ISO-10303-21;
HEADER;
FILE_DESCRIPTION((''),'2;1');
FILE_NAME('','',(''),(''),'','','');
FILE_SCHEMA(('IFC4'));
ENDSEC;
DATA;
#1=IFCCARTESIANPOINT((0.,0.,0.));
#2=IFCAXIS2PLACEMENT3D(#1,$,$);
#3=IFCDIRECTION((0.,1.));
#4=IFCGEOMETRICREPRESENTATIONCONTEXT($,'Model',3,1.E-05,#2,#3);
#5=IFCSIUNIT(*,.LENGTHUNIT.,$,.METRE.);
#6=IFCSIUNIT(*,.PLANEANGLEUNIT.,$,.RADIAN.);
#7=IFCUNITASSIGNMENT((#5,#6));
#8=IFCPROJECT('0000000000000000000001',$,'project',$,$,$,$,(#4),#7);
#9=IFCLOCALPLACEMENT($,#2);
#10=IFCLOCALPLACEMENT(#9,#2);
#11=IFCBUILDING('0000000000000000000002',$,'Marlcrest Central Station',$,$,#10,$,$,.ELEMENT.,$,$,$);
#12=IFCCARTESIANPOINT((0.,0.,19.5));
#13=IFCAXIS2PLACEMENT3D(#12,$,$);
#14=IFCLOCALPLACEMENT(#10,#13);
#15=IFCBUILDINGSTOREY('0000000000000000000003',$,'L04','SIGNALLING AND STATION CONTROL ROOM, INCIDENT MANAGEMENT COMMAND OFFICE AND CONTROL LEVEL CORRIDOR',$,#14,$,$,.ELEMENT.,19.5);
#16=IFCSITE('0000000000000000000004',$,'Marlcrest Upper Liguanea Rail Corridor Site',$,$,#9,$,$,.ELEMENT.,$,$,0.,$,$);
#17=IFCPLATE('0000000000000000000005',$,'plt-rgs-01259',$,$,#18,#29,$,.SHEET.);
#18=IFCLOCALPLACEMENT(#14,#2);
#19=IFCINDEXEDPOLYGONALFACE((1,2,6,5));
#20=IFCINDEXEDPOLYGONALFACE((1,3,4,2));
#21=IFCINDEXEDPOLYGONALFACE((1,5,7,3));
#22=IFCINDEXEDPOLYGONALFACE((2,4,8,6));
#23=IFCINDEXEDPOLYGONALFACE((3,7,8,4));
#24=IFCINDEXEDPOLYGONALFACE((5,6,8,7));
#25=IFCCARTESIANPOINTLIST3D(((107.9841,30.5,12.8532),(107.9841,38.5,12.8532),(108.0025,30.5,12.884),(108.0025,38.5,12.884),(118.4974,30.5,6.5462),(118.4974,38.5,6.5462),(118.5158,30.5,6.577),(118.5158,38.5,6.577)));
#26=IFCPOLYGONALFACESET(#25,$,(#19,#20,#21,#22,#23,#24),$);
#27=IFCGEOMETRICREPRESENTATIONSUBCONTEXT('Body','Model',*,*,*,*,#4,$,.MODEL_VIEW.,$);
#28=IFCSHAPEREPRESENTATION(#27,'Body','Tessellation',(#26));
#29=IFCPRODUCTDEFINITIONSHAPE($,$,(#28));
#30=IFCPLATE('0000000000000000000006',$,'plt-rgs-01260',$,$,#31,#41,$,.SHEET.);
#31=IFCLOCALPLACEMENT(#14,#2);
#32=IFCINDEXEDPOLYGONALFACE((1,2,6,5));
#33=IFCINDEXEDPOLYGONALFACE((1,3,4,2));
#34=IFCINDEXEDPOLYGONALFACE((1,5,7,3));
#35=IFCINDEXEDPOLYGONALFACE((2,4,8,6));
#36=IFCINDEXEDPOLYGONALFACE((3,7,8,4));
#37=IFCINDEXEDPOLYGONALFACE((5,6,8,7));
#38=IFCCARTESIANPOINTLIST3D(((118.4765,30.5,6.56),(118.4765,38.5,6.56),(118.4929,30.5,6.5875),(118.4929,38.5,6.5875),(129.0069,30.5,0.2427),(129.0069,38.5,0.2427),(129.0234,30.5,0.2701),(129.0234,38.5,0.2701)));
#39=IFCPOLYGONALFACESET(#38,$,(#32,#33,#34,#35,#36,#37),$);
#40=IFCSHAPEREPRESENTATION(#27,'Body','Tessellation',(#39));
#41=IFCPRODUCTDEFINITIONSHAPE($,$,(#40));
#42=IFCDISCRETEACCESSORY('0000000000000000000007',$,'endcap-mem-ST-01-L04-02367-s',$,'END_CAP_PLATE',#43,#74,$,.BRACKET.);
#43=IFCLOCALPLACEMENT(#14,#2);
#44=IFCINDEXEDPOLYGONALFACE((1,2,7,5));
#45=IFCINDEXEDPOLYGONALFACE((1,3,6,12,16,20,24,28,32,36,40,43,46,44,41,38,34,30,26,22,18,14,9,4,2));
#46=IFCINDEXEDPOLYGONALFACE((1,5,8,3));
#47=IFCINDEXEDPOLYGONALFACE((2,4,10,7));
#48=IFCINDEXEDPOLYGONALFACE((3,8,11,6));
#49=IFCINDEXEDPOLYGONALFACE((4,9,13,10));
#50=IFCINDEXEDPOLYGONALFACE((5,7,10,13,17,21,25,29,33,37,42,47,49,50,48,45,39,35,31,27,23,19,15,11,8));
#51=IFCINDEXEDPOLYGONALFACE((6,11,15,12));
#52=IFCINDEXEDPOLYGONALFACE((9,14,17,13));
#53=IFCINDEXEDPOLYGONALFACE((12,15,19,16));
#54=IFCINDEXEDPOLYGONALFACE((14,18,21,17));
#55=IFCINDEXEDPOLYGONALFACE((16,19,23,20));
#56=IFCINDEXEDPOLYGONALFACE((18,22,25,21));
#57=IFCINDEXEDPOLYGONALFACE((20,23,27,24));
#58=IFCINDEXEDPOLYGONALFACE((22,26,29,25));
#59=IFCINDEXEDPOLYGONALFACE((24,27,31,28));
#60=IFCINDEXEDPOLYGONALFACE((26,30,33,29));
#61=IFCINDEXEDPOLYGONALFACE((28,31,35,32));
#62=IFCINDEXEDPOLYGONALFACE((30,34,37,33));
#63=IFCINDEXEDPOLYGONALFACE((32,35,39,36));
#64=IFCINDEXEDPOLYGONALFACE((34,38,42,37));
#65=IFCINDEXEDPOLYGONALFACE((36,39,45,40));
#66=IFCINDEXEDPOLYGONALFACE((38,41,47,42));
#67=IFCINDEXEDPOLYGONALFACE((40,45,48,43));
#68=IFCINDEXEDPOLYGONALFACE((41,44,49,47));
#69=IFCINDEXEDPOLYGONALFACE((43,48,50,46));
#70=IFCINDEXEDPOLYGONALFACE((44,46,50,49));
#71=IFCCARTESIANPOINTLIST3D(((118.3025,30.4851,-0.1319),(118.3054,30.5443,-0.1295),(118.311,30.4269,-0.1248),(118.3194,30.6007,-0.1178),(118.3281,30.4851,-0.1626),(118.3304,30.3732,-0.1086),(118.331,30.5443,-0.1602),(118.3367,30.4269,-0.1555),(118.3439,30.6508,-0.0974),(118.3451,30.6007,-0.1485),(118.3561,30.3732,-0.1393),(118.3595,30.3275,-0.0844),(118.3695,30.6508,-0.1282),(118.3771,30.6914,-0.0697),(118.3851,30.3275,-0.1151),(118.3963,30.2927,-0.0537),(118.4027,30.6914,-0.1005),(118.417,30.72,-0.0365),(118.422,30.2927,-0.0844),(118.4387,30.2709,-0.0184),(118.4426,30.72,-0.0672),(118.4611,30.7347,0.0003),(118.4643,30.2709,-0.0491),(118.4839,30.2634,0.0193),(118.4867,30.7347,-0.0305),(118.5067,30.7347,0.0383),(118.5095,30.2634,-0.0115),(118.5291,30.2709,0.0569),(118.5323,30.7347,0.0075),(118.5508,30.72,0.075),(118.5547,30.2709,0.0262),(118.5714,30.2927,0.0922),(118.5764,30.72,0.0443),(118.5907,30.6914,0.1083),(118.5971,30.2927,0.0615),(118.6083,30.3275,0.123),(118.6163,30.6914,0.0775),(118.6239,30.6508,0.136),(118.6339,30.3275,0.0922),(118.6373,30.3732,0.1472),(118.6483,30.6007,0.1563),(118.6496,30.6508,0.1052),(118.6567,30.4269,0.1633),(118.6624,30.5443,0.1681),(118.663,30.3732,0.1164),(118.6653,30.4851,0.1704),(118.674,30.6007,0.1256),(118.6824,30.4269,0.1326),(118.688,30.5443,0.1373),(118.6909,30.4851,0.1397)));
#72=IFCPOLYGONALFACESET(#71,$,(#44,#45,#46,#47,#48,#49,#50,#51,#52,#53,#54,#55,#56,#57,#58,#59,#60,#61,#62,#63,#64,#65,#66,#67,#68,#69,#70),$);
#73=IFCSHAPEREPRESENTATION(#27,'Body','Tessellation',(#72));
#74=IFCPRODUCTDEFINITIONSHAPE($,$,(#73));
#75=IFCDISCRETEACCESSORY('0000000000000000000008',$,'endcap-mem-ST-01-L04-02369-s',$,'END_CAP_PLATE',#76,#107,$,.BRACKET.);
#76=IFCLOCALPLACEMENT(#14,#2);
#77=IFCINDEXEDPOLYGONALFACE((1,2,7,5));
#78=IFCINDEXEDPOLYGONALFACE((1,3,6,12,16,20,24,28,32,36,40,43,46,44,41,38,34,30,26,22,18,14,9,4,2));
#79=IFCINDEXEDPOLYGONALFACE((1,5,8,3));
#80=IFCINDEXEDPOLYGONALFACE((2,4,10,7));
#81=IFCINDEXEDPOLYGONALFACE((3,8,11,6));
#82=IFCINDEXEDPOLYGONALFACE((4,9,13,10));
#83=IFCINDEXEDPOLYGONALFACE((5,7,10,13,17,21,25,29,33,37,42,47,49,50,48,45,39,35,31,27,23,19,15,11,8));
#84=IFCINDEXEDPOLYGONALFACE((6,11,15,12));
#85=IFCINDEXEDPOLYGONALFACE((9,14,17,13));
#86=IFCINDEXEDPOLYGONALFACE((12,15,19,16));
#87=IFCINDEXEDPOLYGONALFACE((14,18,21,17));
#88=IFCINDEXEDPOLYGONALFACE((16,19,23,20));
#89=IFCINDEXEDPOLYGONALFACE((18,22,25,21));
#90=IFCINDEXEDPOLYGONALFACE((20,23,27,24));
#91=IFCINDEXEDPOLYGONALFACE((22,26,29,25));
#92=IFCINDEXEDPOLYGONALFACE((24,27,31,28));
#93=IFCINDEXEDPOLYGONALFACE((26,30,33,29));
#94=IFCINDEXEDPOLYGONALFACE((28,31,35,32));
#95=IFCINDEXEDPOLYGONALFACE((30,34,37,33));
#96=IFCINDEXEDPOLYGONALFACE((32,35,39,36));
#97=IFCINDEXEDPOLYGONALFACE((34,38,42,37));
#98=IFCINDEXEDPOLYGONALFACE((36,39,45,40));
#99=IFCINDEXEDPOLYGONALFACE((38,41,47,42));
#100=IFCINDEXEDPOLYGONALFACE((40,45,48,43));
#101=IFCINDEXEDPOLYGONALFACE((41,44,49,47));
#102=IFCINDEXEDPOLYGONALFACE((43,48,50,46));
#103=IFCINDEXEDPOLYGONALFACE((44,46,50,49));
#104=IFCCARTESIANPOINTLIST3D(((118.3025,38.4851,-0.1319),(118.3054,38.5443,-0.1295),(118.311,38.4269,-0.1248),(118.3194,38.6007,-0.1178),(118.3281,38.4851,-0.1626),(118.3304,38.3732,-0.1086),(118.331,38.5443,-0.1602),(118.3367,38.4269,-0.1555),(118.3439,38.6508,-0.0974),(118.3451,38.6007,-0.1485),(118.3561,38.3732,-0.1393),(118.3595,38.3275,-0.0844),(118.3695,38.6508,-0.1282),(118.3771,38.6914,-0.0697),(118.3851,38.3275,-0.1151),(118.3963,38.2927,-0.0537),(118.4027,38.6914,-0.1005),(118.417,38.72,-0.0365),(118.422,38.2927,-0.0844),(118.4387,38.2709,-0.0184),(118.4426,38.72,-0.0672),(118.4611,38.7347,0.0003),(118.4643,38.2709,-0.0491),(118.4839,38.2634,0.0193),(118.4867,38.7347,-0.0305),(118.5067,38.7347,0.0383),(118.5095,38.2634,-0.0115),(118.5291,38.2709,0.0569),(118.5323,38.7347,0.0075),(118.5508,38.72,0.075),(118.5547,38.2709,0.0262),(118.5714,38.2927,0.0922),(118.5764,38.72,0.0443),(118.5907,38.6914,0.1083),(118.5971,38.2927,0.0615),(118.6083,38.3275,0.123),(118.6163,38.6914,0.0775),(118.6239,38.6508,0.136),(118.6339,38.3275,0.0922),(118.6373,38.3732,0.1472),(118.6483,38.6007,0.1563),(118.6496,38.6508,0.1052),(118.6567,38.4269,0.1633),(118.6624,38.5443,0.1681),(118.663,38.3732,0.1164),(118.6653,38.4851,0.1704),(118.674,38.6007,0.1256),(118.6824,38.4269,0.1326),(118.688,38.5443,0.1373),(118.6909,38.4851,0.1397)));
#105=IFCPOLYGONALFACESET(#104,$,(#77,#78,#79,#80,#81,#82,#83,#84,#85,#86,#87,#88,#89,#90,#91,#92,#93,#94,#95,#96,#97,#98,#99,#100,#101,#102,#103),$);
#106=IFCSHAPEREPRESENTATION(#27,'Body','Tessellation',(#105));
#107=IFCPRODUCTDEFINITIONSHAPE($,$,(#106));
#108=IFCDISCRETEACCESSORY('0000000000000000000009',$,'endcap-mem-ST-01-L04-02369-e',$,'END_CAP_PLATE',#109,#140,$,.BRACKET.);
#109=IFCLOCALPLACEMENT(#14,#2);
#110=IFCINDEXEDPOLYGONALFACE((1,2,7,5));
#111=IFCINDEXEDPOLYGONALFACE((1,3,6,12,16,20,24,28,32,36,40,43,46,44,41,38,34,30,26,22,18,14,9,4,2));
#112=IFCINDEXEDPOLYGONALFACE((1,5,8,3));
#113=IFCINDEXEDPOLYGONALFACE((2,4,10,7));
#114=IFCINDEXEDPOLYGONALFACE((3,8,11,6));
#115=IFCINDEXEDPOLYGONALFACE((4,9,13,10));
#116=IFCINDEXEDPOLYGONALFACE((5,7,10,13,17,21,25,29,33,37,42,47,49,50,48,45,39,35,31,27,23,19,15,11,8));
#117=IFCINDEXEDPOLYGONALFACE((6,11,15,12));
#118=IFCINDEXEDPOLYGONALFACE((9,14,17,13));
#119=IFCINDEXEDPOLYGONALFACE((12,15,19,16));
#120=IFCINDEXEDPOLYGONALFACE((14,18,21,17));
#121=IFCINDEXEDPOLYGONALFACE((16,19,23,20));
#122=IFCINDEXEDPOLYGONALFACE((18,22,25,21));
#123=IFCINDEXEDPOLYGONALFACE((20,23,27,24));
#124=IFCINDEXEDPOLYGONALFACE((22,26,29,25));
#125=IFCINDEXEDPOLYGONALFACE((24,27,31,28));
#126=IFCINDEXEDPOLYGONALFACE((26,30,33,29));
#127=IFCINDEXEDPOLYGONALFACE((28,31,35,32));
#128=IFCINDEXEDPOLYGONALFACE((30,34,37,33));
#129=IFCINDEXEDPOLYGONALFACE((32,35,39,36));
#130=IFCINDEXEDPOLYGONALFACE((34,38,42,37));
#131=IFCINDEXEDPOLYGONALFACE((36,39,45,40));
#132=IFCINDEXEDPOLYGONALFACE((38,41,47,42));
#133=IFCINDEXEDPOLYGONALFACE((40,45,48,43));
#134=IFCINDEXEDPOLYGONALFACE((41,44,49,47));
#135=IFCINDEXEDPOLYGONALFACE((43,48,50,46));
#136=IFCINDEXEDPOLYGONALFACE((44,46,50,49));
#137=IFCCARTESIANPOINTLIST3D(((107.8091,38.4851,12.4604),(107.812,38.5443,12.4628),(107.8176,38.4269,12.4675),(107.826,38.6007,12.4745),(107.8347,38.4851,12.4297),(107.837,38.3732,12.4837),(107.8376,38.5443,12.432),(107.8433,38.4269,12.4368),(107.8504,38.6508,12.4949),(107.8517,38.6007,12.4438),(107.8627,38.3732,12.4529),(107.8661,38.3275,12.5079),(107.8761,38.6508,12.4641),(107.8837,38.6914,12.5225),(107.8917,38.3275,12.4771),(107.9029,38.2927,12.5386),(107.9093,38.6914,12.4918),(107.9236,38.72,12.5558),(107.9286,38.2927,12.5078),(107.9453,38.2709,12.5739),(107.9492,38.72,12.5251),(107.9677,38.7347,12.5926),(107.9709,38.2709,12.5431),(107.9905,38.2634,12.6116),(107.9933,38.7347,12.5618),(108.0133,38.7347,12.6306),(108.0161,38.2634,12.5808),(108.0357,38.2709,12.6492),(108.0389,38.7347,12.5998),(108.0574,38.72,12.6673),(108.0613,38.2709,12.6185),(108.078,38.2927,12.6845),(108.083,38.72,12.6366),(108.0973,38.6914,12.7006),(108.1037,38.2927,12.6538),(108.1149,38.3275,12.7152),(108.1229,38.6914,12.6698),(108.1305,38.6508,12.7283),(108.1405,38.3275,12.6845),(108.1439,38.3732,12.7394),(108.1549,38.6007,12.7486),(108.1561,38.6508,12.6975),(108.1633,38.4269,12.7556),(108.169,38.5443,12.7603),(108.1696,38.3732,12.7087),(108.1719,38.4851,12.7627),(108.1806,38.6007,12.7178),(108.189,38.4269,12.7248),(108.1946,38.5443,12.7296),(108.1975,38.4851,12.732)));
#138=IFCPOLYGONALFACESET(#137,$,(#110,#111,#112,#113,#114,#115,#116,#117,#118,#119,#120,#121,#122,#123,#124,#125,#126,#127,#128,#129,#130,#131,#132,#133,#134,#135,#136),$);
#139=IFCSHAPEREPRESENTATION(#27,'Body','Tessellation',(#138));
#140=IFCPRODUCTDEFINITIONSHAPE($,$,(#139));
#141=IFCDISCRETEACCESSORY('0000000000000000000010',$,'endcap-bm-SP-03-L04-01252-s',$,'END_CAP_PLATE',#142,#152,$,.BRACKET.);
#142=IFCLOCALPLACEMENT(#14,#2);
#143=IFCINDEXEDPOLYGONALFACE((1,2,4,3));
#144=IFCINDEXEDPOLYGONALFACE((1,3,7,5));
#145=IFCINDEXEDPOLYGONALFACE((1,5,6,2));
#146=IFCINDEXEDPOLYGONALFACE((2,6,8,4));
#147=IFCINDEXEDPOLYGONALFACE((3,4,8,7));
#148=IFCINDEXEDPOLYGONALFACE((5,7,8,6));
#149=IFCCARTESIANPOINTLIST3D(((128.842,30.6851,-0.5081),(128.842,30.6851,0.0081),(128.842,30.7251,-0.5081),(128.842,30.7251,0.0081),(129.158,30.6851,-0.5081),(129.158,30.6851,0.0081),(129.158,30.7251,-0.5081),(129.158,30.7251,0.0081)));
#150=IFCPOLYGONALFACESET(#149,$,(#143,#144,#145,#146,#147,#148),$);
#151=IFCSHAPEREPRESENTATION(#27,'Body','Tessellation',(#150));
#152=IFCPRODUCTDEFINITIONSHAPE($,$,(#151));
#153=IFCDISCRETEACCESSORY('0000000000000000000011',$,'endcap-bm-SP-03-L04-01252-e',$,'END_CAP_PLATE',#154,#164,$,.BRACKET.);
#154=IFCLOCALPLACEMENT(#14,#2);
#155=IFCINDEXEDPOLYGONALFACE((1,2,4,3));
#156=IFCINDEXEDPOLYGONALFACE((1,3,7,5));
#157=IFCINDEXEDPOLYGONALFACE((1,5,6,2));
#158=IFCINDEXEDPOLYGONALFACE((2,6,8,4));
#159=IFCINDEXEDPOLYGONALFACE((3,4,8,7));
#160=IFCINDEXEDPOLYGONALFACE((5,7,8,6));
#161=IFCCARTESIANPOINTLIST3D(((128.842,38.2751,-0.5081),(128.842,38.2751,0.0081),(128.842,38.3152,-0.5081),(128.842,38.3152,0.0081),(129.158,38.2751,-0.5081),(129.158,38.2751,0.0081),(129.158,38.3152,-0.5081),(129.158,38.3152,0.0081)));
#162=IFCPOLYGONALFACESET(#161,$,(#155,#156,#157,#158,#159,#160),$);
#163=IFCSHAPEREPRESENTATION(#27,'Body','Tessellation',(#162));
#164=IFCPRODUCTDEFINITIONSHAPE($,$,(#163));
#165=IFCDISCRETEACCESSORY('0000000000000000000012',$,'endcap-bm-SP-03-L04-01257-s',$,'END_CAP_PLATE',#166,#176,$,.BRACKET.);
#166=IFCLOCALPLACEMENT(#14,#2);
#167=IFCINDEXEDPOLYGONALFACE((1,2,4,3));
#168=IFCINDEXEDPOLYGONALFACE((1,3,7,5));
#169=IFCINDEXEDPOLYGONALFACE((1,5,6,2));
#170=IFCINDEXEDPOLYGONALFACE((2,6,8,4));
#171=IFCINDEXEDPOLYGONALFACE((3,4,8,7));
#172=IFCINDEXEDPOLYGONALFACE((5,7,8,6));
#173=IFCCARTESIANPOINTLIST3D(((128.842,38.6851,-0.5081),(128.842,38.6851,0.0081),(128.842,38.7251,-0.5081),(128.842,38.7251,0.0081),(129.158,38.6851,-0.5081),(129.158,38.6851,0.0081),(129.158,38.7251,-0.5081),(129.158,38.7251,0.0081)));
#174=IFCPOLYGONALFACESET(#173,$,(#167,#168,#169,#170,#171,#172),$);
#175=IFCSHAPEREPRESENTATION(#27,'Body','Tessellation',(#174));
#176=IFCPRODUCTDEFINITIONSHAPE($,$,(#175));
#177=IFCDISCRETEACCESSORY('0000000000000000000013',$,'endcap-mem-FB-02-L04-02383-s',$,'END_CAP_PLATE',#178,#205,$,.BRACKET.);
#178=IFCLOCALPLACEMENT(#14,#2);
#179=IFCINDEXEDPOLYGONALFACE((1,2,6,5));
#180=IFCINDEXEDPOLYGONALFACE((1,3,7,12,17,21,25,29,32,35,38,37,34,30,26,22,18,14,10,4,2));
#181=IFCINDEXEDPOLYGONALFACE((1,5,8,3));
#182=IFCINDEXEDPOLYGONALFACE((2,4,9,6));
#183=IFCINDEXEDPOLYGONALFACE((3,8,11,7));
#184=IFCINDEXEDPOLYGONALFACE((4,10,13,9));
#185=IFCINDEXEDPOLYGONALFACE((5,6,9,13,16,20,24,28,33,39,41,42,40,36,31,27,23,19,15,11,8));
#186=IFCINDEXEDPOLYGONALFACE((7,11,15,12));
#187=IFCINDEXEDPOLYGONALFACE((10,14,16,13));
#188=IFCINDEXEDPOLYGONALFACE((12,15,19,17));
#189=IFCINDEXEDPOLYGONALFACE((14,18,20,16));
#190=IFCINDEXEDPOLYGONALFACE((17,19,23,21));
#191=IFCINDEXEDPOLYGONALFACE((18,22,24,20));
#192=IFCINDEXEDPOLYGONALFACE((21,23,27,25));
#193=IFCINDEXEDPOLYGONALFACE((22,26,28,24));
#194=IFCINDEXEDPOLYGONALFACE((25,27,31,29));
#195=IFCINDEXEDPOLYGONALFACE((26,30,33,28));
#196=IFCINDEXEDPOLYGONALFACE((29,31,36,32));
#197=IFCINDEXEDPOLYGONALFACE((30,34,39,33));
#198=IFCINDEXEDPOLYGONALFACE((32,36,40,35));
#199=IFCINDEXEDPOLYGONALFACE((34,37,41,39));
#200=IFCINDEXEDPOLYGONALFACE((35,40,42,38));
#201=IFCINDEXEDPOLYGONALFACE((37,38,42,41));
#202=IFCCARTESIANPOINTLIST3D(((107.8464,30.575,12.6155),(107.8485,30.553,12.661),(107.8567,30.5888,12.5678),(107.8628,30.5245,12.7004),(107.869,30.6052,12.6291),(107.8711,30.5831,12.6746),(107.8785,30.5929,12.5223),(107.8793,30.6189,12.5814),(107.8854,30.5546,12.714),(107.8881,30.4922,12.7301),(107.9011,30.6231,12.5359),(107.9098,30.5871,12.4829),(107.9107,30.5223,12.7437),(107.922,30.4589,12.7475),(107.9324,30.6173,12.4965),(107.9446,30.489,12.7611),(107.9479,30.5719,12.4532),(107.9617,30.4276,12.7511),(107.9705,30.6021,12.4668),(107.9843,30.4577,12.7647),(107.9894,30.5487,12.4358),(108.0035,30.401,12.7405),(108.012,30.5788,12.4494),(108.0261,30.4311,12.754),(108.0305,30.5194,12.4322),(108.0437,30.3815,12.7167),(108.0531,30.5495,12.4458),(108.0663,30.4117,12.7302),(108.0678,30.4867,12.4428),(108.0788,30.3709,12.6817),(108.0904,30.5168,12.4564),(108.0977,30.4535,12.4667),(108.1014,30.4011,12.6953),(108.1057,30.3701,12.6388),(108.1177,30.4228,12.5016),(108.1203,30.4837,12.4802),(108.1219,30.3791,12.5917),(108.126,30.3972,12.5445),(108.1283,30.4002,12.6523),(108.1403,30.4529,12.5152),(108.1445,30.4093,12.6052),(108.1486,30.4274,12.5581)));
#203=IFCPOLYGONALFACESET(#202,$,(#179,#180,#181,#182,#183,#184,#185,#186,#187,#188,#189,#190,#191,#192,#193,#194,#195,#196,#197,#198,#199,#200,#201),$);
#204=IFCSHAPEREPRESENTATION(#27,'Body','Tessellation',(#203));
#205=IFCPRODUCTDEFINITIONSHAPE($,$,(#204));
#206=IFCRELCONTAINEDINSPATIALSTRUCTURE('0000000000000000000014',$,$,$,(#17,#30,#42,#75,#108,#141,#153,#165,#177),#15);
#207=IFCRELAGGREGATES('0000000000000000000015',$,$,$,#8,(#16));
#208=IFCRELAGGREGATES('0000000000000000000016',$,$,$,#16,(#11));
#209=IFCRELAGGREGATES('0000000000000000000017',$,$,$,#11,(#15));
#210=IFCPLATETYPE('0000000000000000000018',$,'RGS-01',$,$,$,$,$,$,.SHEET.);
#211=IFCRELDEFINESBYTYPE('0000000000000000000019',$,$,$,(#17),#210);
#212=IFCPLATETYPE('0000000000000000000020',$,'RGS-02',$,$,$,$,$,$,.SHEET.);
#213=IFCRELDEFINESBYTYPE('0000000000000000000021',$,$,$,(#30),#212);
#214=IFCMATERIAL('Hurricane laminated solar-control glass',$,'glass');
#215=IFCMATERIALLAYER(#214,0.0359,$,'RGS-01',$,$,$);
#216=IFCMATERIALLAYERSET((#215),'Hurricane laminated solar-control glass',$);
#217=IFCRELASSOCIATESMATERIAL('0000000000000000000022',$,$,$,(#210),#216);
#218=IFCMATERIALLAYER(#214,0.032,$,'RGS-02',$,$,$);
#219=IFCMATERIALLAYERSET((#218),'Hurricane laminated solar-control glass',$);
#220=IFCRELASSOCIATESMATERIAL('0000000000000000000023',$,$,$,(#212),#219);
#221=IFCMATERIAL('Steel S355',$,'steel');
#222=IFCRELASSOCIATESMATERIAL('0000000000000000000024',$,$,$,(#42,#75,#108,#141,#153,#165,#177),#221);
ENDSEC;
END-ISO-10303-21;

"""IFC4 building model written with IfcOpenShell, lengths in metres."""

from ifc_helpers import new_model, si_unit, direction, frame, origin, origin_2d, place, context, subcontext, project, spatial, rectangle, circle, extrude, material, layer, layer_set, type_object, element, save


model = new_model("IFC4")

# Units and contexts
model_context = context("Model", 3, precision=1e-05, world=origin(), true_north=direction((0.0, 1.0)))
body_context = subcontext(model_context, "Body", "Model", "MODEL_VIEW")
ifc_project = project(units=[si_unit("LENGTHUNIT", "METRE"), si_unit("PLANEANGLEUNIT", "RADIAN")], contexts=[model_context])

# Site, building, storey
site_placement = place(None, origin())
site = spatial("IfcSite", under=ifc_project, at=site_placement, Name="Marlcrest Upper Liguanea Rail Corridor Site", CompositionType="ELEMENT", RefElevation=0.0)
building_placement = place(site_placement, origin())
building = spatial("IfcBuilding", under=site, at=building_placement, Name="Marlcrest Central Station", CompositionType="ELEMENT")
storey_placement = place(building_placement, frame((0.0, 0.0, 19.5)))
storey = spatial("IfcBuildingStorey", under=building, at=storey_placement, Name="L04", Description="SIGNALLING AND STATION CONTROL ROOM, INCIDENT MANAGEMENT COMMAND OFFICE AND CONTROL LEVEL CORRIDOR", CompositionType="ELEMENT", Elevation=19.5)

# Shared definitions
ifc_material_1 = material(Name="Steel S355", Category="steel")

# Plates
ifc_material_2 = material(Name="Hurricane laminated solar-control glass", Category="glass")
ifc_layer_1 = layer(ifc_material_2, 0.0359, Name="RGS-01")
ifc_layer_set_1 = layer_set([ifc_layer_1], Name="Hurricane laminated solar-control glass")
plate_type_1 = type_object("IfcPlateType", Name="RGS-01", PredefinedType="SHEET", material=ifc_layer_set_1)
plate_1_placement = place(storey_placement, frame((113.2407, 34.5, 9.6997), z_axis=(0.51444, 0.0, 0.857527), x_axis=(0.857527, 0.0, -0.51444)))
element("IfcPlate", 1, at=plate_1_placement, inside=storey, type_object=plate_type_1, Name="plt-rgs-01259", PredefinedType="SHEET", context=body_context, shape_type="SweptSolid", body=[
    extrude(rectangle(XDim=12.26, YDim=8.0, at=origin_2d()), origin(), (0.0, 0.0, 1.0), 0.0359),
])
ifc_layer_2 = layer(ifc_material_2, 0.032, Name="RGS-02")
ifc_layer_set_2 = layer_set([ifc_layer_2], Name="Hurricane laminated solar-control glass")
plate_type_2 = type_object("IfcPlateType", Name="RGS-02", PredefinedType="SHEET", material=ifc_layer_set_2)
plate_2_placement = place(storey_placement, frame((123.7417, 34.5, 3.4014), z_axis=(0.51444, 0.0, 0.857527), x_axis=(0.857527, 0.0, -0.51444)))
element("IfcPlate", 2, at=plate_2_placement, inside=storey, type_object=plate_type_2, Name="plt-rgs-01260", PredefinedType="SHEET", context=body_context, shape_type="SweptSolid", body=[
    extrude(rectangle(XDim=12.28, YDim=8.0, at=origin_2d()), origin(), (0.0, 0.0, 1.0), 0.032),
])

# Discrete accessories
for number, where, z_axis, x_axis, name in (
    (3, (118.5095, 30.5, -0.0115), (-0.640181, 0.0, 0.768224), (0.0, -1.0, 0.0), "endcap-mem-ST-01-L04-02367-s"),
    (4, (118.5095, 38.5, -0.0115), (-0.640181, 0.0, 0.768224), (0.0, -1.0, 0.0), "endcap-mem-ST-01-L04-02369-s"),
    (5, (108.0161, 38.5, 12.5808), (-0.640181, 0.0, 0.768224), (0.0, -1.0, 0.0), "endcap-mem-ST-01-L04-02369-e"),
):
    element("IfcDiscreteAccessory", number, at=place(storey_placement, frame(where, z_axis=z_axis, x_axis=x_axis)), inside=storey, material=ifc_material_1, Name=name, ObjectType="END_CAP_PLATE", PredefinedType="BRACKET", context=body_context, shape_type="SweptSolid", body=[
        extrude(circle(Radius=0.2366, at=origin_2d()), origin(), (0.0, 0.0, 1.0), 0.04),
    ])
for number, where, z_axis, x_axis, name in (
    (6, (129.0, 30.6851, -0.25), (0.0, 1.0, 0.0), (-1.0, 0.0, 0.0), "endcap-bm-SP-03-L04-01252-s"),
    (7, (129.0, 38.2751, -0.25), (0.0, 1.0, 0.0), (-1.0, 0.0, 0.0), "endcap-bm-SP-03-L04-01252-e"),
    (8, (129.0, 38.6851, -0.25), (0.0, 1.0, 0.0), (-1.0, 0.0, 0.0), "endcap-bm-SP-03-L04-01257-s"),
):
    element("IfcDiscreteAccessory", number, at=place(storey_placement, frame(where, z_axis=z_axis, x_axis=x_axis)), inside=storey, material=ifc_material_1, Name=name, ObjectType="END_CAP_PLATE", PredefinedType="BRACKET", context=body_context, shape_type="SweptSolid", body=[
        extrude(rectangle(XDim=0.3159, YDim=0.5161, at=origin_2d()), origin(), (0.0, 0.0, 1.0), 0.04),
    ])
discrete_accessory_1_placement = place(storey_placement, frame((108.0085, 30.5112, 12.6052), z_axis=(-0.564531, -0.752708, -0.338728), x_axis=(0.8, -0.6, 0.0)))
element("IfcDiscreteAccessory", 9, at=discrete_accessory_1_placement, inside=storey, material=ifc_material_1, Name="endcap-mem-FB-02-L04-02383-s", ObjectType="END_CAP_PLATE", PredefinedType="BRACKET", context=body_context, shape_type="SweptSolid", body=[
    extrude(circle(Radius=0.1699, at=origin_2d()), origin(), (0.0, 0.0, 1.0), 0.04),
])

save(model, "model.ifc")
